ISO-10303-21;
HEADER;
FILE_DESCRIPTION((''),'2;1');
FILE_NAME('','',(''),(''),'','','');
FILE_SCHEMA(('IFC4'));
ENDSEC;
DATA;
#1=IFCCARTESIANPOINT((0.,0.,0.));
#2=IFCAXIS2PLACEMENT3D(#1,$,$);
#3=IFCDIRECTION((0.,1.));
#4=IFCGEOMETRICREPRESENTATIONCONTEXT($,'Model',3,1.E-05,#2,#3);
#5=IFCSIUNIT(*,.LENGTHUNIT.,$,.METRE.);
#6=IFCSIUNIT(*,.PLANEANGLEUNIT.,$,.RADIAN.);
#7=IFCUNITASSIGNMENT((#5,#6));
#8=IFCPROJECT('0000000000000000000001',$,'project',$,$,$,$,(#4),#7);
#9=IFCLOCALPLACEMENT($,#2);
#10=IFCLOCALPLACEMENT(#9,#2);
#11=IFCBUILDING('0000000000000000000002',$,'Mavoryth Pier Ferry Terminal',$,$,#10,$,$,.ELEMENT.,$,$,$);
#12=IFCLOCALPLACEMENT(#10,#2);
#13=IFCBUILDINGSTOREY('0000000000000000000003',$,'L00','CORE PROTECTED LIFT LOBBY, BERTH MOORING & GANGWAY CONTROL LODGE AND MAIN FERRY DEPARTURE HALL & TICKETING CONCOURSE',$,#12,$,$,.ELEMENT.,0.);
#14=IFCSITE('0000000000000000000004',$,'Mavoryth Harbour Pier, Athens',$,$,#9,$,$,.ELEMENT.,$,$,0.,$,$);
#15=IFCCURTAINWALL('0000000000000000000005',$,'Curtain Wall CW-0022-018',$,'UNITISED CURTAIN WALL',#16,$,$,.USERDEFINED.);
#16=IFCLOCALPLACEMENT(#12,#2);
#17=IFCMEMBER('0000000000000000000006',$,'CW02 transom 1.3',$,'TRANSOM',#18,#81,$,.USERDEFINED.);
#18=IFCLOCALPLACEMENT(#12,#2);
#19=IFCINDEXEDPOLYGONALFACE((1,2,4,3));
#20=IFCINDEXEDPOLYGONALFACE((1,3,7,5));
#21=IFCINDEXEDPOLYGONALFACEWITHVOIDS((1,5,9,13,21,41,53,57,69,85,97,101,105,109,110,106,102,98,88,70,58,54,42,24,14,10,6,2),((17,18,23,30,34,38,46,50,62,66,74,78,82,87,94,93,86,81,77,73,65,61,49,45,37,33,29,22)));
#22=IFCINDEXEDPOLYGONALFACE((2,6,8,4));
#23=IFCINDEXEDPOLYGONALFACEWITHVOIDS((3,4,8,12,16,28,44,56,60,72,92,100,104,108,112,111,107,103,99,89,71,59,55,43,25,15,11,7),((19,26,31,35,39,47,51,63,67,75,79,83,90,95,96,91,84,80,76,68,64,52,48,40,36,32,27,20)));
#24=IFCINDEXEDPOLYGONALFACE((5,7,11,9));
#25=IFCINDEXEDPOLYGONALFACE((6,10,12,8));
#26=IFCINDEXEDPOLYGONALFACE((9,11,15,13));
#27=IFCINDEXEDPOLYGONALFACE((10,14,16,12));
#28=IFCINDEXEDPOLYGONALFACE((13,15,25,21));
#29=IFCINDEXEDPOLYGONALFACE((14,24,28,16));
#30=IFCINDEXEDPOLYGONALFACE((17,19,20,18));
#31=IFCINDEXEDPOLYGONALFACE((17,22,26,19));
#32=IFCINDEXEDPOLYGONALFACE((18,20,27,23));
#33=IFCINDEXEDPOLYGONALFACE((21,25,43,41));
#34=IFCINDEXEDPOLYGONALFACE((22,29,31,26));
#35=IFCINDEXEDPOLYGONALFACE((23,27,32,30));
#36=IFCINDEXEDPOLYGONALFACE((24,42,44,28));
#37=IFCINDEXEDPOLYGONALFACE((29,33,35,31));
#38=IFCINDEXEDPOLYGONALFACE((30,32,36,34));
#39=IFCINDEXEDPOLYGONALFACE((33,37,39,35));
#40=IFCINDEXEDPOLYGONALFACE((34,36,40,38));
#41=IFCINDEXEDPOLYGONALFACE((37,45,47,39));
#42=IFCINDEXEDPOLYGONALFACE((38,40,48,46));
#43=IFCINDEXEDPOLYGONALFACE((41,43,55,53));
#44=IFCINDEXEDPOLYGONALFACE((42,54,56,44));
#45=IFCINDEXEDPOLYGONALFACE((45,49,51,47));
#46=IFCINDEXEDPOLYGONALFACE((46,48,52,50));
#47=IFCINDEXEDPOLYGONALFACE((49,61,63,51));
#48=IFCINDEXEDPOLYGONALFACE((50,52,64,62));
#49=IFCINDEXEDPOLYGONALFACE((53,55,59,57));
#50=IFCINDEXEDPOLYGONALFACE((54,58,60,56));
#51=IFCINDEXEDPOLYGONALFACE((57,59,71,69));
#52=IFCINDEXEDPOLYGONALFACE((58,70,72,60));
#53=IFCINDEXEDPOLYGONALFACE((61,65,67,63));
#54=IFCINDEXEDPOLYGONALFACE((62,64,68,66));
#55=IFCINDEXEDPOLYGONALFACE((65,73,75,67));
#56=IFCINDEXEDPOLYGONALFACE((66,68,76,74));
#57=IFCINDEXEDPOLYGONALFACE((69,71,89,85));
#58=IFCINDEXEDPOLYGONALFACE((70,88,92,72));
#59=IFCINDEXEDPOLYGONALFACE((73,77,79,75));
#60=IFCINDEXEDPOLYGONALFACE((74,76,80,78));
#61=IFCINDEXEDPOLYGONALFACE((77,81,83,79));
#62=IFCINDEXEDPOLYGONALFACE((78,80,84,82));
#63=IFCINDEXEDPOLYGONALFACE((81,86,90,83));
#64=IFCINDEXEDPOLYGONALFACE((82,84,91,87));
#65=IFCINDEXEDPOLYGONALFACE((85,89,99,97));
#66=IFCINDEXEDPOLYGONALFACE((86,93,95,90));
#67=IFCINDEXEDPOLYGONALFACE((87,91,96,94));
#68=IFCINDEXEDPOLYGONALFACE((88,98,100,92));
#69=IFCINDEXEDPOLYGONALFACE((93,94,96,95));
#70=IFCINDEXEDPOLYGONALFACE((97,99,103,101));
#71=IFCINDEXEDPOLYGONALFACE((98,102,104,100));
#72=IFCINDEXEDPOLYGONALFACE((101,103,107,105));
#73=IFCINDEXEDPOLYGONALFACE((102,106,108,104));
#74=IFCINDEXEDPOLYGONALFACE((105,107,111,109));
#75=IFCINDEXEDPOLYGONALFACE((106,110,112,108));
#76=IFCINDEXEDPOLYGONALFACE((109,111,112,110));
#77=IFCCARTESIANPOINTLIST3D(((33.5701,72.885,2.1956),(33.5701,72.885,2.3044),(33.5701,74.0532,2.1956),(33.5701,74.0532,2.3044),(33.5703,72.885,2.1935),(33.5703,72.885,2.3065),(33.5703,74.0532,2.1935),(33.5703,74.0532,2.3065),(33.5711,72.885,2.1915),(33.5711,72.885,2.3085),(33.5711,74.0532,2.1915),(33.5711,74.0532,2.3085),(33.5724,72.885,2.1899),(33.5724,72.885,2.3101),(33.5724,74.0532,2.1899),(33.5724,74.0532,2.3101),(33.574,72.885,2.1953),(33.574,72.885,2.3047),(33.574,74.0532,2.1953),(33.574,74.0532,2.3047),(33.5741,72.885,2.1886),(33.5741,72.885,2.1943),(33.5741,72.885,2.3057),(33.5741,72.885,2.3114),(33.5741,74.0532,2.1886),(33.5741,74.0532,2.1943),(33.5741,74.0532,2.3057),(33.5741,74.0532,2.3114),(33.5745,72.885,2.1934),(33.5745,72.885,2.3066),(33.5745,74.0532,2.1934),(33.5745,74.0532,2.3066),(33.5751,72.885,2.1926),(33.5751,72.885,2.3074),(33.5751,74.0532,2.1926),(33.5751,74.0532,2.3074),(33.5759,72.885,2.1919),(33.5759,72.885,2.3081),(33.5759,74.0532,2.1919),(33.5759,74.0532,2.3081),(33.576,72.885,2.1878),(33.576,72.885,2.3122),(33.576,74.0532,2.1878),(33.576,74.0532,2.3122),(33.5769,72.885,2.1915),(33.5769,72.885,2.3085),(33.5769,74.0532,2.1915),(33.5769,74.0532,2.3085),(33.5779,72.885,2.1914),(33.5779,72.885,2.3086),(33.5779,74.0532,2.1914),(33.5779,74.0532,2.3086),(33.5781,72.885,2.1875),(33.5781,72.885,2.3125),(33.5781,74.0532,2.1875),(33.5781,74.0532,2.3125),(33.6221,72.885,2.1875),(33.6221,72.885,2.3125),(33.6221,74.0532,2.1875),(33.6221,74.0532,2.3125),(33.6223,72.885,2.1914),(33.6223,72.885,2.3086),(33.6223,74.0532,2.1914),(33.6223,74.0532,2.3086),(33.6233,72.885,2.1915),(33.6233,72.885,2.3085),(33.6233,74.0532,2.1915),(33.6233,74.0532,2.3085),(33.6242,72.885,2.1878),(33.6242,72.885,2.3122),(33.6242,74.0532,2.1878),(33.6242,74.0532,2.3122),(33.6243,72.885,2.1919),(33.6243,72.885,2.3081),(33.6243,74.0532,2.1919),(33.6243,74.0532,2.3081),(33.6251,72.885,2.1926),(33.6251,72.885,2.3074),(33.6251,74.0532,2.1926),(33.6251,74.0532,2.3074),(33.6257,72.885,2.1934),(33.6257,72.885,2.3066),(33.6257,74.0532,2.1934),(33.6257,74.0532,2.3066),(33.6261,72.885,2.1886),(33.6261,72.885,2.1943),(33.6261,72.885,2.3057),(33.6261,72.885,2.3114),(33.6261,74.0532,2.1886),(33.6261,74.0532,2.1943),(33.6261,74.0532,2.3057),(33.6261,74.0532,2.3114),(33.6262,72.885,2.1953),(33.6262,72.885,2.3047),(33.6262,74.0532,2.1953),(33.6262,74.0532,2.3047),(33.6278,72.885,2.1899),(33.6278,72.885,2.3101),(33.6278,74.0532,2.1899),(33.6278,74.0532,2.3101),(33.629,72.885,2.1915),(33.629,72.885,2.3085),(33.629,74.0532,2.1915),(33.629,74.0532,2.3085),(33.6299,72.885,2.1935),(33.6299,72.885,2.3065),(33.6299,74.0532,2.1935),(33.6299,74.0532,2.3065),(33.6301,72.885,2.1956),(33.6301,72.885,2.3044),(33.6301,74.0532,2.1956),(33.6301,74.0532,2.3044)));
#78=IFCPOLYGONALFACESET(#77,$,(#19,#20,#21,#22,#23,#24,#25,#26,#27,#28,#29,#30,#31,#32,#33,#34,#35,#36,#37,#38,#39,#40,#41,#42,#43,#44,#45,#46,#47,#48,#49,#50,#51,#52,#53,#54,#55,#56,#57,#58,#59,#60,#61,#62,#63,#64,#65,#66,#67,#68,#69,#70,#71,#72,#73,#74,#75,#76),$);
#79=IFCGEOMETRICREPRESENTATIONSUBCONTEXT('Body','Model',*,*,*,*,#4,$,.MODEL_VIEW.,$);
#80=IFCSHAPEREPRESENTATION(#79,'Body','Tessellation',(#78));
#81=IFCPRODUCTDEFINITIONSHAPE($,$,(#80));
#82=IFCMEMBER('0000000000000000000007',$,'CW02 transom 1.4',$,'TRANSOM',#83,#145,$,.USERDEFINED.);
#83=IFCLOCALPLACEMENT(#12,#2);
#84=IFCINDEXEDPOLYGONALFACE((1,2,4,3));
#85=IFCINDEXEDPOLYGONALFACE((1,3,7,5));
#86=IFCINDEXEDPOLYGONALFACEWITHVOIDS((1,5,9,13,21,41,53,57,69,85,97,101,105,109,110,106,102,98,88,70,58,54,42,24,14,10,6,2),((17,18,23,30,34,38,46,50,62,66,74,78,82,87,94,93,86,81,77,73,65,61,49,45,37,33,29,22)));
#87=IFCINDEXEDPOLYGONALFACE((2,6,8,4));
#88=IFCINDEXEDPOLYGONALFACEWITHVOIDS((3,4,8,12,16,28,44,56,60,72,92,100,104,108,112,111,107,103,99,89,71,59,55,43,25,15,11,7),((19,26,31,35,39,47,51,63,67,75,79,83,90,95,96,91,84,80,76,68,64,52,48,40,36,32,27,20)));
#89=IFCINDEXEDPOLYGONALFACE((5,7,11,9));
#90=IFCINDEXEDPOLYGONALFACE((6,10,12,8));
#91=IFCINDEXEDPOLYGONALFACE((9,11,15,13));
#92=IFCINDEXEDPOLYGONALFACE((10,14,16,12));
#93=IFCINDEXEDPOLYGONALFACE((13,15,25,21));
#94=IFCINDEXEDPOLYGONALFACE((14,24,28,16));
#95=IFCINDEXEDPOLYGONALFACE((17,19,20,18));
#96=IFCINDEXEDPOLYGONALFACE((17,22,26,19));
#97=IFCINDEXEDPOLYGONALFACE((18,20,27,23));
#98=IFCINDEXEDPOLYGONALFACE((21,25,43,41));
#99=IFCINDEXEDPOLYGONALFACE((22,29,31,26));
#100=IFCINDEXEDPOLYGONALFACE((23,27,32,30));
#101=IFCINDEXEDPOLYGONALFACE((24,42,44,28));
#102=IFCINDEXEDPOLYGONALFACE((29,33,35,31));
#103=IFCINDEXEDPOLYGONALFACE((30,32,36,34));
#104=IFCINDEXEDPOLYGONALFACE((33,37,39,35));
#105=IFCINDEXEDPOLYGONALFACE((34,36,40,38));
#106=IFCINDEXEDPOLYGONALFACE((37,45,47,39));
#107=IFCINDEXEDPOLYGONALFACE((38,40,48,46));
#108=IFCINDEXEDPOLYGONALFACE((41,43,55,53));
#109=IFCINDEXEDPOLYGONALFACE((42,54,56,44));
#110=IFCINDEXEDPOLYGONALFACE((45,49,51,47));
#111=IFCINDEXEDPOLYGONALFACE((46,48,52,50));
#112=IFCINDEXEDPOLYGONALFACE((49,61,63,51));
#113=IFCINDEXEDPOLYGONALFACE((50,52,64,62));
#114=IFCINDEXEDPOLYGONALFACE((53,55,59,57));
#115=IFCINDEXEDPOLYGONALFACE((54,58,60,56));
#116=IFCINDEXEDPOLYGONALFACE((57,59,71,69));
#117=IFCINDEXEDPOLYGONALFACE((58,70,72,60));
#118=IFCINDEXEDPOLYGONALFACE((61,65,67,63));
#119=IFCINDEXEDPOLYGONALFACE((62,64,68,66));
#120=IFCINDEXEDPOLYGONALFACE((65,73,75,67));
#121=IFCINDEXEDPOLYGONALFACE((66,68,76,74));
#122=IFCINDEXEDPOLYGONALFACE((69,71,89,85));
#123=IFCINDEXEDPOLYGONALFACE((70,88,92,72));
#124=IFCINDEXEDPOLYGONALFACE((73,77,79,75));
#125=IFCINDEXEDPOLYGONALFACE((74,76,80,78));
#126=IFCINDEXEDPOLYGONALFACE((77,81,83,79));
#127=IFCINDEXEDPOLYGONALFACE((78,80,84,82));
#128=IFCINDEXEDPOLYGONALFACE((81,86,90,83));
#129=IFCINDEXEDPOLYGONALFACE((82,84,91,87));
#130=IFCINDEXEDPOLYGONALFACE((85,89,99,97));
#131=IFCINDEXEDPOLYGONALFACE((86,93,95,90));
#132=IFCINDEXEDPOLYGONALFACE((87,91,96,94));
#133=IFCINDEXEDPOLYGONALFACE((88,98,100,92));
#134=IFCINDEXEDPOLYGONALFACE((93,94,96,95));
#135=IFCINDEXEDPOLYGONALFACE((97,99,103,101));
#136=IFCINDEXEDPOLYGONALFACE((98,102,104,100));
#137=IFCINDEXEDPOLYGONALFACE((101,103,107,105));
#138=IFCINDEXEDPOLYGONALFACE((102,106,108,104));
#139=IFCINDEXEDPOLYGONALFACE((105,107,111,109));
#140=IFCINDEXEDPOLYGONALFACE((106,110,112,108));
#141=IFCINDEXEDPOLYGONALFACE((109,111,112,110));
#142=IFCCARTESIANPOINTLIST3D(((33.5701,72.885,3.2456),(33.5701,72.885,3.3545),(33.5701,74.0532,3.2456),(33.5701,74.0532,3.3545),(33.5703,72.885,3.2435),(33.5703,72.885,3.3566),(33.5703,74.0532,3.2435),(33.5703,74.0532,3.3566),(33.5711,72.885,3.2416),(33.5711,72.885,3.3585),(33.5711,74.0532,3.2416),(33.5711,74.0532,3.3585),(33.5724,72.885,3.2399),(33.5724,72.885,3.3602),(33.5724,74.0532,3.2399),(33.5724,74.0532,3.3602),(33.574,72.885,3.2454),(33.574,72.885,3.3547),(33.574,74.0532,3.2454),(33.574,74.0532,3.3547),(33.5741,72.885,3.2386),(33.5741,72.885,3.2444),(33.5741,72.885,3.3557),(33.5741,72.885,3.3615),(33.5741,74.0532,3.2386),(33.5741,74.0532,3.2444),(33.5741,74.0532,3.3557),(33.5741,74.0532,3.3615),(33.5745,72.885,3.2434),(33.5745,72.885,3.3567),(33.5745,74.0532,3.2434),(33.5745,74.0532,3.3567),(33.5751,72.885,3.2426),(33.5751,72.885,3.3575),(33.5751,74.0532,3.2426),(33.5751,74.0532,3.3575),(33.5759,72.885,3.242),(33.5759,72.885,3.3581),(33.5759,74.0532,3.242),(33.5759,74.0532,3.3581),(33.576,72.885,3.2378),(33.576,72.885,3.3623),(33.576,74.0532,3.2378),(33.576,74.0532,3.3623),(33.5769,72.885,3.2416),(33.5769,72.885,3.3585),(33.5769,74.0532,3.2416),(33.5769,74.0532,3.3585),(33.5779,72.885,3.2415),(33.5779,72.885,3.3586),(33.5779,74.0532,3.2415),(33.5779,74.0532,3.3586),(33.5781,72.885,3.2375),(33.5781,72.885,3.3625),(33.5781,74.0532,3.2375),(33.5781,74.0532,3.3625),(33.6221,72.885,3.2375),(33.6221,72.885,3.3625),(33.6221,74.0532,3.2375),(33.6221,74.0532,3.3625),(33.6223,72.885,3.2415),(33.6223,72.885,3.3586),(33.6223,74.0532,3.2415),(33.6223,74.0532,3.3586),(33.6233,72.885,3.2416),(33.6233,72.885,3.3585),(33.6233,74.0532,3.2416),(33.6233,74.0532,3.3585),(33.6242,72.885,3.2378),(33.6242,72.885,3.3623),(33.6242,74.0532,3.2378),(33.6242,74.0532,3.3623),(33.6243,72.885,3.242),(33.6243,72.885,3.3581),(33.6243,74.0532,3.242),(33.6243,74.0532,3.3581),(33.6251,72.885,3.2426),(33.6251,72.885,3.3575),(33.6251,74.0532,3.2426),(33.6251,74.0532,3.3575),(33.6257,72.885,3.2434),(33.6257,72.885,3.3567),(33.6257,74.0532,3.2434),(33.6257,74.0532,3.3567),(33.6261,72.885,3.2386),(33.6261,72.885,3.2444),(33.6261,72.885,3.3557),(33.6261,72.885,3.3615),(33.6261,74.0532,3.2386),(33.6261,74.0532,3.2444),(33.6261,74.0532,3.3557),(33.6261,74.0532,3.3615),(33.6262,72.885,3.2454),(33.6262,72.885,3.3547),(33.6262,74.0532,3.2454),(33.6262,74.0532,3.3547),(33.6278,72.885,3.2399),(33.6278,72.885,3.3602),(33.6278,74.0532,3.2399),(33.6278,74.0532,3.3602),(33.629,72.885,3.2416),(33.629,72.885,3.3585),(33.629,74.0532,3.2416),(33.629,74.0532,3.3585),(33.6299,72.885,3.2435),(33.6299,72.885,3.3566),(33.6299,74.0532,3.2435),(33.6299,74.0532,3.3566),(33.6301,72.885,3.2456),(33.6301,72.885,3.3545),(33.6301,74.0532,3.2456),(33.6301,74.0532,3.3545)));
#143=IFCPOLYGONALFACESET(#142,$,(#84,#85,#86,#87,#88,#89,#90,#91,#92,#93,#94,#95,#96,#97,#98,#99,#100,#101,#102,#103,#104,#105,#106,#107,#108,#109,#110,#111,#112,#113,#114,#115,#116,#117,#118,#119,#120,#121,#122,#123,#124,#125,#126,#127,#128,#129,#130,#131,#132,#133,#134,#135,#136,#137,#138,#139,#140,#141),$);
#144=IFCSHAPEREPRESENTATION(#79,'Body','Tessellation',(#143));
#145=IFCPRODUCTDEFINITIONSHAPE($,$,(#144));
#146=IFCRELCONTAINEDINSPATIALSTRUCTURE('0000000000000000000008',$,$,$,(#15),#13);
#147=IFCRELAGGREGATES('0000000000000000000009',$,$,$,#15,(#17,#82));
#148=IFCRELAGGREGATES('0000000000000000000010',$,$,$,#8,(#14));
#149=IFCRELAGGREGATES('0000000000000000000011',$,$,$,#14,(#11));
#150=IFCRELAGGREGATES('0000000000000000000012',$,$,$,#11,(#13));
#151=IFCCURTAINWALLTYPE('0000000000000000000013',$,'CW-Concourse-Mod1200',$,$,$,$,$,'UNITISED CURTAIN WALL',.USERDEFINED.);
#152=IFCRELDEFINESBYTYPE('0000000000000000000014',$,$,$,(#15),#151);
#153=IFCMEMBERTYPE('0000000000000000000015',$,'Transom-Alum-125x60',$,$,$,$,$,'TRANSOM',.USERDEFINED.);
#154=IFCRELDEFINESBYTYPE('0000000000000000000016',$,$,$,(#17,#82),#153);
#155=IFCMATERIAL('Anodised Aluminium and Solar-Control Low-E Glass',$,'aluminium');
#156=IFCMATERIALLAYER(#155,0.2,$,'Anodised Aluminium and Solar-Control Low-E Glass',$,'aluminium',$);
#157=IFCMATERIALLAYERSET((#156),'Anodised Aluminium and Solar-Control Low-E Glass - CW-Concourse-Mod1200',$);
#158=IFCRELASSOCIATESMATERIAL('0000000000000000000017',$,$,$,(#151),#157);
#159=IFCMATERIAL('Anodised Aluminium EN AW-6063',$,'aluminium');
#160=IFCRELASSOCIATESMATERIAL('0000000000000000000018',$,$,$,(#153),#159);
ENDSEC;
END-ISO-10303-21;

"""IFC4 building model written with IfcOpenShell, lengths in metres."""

from ifc_helpers import new_model, si_unit, direction, frame, origin, origin_2d, place, context, subcontext, project, spatial, hollow_rectangle, extrude, material, layer, layer_set, material_profile, profile_set, type_object, element, aggregate, save


model = new_model("IFC4")

# Units and contexts
model_context = context("Model", 3, precision=1e-05, world=origin(), true_north=direction((0.0, 1.0)))
body_context = subcontext(model_context, "Body", "Model", "MODEL_VIEW")
ifc_project = project(units=[si_unit("LENGTHUNIT", "METRE"), si_unit("PLANEANGLEUNIT", "RADIAN")], contexts=[model_context])

# Site, building, storey
site_placement = place(None, origin())
site = spatial("IfcSite", under=ifc_project, at=site_placement, Name="Mavoryth Harbour Pier, Athens", CompositionType="ELEMENT", RefElevation=0.0)
building_placement = place(site_placement, origin())
building = spatial("IfcBuilding", under=site, at=building_placement, Name="Mavoryth Pier Ferry Terminal", CompositionType="ELEMENT")
storey_placement = place(building_placement, origin())
storey = spatial("IfcBuildingStorey", under=building, at=storey_placement, Name="L00", Description="CORE PROTECTED LIFT LOBBY, BERTH MOORING & GANGWAY CONTROL LODGE AND MAIN FERRY DEPARTURE HALL & TICKETING CONCOURSE", CompositionType="ELEMENT", Elevation=0.0)

# Curtain wall, members
ifc_material_1 = material(Name="Anodised Aluminium and Solar-Control Low-E Glass", Category="aluminium")
ifc_layer_1 = layer(ifc_material_1, 0.2, Name="Anodised Aluminium and Solar-Control Low-E Glass", Category="aluminium")
ifc_layer_set_1 = layer_set([ifc_layer_1], Name="Anodised Aluminium and Solar-Control Low-E Glass - CW-Concourse-Mod1200")
curtain_wall_type = type_object("IfcCurtainWallType", Name="CW-Concourse-Mod1200", ElementType="UNITISED CURTAIN WALL", PredefinedType="USERDEFINED", material=ifc_layer_set_1)
curtain_wall_placement = place(storey_placement, origin())
curtain_wall = element("IfcCurtainWall", 1, at=curtain_wall_placement, inside=storey, type_object=curtain_wall_type, Name="Curtain Wall CW-0022-018", ObjectType="UNITISED CURTAIN WALL", PredefinedType="USERDEFINED")
ifc_material_2 = material(Name="Anodised Aluminium EN AW-6063", Category="aluminium")
ifc_material_profile_1 = material_profile(ifc_material_2, hollow_rectangle(XDim=0.0601, YDim=0.125, WallThickness=0.0039, InnerFilletRadius=0.0039, OuterFilletRadius=0.0081, at=origin_2d()), Name="AL-TRAN 125x60x4", Category="aluminium")
ifc_profile_set_1 = profile_set([ifc_material_profile_1], Name="Anodised Aluminium EN AW-6063 - AL-TRAN 125x60x4")
member_type_1 = type_object("IfcMemberType", Name="Transom-Alum-125x60", ElementType="TRANSOM", PredefinedType="USERDEFINED", material=ifc_profile_set_1)
member_1_placement = place(storey_placement, frame((33.6001, 72.885, 2.25), z_axis=(0.0, 1.0, 0.0), x_axis=(-1.0, 0.0, 0.0)))
member_1 = element("IfcMember", 2, at=member_1_placement, type_object=member_type_1, Name="CW02 transom 1.3", ObjectType="TRANSOM", PredefinedType="USERDEFINED", context=body_context, shape_type="SweptSolid", body=[
    extrude(hollow_rectangle(XDim=0.0601, YDim=0.125, WallThickness=0.0039, InnerFilletRadius=0.0039, OuterFilletRadius=0.0081, at=origin_2d()), origin(), (0.0, 0.0, 1.0), 1.1682),
])
member_2_placement = place(storey_placement, frame((33.6001, 72.885, 3.3), z_axis=(0.0, 1.0, 0.0), x_axis=(-1.0, 0.0, 0.0)))
member_2 = element("IfcMember", 3, at=member_2_placement, type_object=member_type_1, Name="CW02 transom 1.4", ObjectType="TRANSOM", PredefinedType="USERDEFINED", context=body_context, shape_type="SweptSolid", body=[
    extrude(hollow_rectangle(XDim=0.0601, YDim=0.125, WallThickness=0.0039, InnerFilletRadius=0.0039, OuterFilletRadius=0.0081, at=origin_2d()), origin(), (0.0, 0.0, 1.0), 1.1682),
])
aggregate(curtain_wall, [member_1, member_2])

save(model, "model.ifc")
